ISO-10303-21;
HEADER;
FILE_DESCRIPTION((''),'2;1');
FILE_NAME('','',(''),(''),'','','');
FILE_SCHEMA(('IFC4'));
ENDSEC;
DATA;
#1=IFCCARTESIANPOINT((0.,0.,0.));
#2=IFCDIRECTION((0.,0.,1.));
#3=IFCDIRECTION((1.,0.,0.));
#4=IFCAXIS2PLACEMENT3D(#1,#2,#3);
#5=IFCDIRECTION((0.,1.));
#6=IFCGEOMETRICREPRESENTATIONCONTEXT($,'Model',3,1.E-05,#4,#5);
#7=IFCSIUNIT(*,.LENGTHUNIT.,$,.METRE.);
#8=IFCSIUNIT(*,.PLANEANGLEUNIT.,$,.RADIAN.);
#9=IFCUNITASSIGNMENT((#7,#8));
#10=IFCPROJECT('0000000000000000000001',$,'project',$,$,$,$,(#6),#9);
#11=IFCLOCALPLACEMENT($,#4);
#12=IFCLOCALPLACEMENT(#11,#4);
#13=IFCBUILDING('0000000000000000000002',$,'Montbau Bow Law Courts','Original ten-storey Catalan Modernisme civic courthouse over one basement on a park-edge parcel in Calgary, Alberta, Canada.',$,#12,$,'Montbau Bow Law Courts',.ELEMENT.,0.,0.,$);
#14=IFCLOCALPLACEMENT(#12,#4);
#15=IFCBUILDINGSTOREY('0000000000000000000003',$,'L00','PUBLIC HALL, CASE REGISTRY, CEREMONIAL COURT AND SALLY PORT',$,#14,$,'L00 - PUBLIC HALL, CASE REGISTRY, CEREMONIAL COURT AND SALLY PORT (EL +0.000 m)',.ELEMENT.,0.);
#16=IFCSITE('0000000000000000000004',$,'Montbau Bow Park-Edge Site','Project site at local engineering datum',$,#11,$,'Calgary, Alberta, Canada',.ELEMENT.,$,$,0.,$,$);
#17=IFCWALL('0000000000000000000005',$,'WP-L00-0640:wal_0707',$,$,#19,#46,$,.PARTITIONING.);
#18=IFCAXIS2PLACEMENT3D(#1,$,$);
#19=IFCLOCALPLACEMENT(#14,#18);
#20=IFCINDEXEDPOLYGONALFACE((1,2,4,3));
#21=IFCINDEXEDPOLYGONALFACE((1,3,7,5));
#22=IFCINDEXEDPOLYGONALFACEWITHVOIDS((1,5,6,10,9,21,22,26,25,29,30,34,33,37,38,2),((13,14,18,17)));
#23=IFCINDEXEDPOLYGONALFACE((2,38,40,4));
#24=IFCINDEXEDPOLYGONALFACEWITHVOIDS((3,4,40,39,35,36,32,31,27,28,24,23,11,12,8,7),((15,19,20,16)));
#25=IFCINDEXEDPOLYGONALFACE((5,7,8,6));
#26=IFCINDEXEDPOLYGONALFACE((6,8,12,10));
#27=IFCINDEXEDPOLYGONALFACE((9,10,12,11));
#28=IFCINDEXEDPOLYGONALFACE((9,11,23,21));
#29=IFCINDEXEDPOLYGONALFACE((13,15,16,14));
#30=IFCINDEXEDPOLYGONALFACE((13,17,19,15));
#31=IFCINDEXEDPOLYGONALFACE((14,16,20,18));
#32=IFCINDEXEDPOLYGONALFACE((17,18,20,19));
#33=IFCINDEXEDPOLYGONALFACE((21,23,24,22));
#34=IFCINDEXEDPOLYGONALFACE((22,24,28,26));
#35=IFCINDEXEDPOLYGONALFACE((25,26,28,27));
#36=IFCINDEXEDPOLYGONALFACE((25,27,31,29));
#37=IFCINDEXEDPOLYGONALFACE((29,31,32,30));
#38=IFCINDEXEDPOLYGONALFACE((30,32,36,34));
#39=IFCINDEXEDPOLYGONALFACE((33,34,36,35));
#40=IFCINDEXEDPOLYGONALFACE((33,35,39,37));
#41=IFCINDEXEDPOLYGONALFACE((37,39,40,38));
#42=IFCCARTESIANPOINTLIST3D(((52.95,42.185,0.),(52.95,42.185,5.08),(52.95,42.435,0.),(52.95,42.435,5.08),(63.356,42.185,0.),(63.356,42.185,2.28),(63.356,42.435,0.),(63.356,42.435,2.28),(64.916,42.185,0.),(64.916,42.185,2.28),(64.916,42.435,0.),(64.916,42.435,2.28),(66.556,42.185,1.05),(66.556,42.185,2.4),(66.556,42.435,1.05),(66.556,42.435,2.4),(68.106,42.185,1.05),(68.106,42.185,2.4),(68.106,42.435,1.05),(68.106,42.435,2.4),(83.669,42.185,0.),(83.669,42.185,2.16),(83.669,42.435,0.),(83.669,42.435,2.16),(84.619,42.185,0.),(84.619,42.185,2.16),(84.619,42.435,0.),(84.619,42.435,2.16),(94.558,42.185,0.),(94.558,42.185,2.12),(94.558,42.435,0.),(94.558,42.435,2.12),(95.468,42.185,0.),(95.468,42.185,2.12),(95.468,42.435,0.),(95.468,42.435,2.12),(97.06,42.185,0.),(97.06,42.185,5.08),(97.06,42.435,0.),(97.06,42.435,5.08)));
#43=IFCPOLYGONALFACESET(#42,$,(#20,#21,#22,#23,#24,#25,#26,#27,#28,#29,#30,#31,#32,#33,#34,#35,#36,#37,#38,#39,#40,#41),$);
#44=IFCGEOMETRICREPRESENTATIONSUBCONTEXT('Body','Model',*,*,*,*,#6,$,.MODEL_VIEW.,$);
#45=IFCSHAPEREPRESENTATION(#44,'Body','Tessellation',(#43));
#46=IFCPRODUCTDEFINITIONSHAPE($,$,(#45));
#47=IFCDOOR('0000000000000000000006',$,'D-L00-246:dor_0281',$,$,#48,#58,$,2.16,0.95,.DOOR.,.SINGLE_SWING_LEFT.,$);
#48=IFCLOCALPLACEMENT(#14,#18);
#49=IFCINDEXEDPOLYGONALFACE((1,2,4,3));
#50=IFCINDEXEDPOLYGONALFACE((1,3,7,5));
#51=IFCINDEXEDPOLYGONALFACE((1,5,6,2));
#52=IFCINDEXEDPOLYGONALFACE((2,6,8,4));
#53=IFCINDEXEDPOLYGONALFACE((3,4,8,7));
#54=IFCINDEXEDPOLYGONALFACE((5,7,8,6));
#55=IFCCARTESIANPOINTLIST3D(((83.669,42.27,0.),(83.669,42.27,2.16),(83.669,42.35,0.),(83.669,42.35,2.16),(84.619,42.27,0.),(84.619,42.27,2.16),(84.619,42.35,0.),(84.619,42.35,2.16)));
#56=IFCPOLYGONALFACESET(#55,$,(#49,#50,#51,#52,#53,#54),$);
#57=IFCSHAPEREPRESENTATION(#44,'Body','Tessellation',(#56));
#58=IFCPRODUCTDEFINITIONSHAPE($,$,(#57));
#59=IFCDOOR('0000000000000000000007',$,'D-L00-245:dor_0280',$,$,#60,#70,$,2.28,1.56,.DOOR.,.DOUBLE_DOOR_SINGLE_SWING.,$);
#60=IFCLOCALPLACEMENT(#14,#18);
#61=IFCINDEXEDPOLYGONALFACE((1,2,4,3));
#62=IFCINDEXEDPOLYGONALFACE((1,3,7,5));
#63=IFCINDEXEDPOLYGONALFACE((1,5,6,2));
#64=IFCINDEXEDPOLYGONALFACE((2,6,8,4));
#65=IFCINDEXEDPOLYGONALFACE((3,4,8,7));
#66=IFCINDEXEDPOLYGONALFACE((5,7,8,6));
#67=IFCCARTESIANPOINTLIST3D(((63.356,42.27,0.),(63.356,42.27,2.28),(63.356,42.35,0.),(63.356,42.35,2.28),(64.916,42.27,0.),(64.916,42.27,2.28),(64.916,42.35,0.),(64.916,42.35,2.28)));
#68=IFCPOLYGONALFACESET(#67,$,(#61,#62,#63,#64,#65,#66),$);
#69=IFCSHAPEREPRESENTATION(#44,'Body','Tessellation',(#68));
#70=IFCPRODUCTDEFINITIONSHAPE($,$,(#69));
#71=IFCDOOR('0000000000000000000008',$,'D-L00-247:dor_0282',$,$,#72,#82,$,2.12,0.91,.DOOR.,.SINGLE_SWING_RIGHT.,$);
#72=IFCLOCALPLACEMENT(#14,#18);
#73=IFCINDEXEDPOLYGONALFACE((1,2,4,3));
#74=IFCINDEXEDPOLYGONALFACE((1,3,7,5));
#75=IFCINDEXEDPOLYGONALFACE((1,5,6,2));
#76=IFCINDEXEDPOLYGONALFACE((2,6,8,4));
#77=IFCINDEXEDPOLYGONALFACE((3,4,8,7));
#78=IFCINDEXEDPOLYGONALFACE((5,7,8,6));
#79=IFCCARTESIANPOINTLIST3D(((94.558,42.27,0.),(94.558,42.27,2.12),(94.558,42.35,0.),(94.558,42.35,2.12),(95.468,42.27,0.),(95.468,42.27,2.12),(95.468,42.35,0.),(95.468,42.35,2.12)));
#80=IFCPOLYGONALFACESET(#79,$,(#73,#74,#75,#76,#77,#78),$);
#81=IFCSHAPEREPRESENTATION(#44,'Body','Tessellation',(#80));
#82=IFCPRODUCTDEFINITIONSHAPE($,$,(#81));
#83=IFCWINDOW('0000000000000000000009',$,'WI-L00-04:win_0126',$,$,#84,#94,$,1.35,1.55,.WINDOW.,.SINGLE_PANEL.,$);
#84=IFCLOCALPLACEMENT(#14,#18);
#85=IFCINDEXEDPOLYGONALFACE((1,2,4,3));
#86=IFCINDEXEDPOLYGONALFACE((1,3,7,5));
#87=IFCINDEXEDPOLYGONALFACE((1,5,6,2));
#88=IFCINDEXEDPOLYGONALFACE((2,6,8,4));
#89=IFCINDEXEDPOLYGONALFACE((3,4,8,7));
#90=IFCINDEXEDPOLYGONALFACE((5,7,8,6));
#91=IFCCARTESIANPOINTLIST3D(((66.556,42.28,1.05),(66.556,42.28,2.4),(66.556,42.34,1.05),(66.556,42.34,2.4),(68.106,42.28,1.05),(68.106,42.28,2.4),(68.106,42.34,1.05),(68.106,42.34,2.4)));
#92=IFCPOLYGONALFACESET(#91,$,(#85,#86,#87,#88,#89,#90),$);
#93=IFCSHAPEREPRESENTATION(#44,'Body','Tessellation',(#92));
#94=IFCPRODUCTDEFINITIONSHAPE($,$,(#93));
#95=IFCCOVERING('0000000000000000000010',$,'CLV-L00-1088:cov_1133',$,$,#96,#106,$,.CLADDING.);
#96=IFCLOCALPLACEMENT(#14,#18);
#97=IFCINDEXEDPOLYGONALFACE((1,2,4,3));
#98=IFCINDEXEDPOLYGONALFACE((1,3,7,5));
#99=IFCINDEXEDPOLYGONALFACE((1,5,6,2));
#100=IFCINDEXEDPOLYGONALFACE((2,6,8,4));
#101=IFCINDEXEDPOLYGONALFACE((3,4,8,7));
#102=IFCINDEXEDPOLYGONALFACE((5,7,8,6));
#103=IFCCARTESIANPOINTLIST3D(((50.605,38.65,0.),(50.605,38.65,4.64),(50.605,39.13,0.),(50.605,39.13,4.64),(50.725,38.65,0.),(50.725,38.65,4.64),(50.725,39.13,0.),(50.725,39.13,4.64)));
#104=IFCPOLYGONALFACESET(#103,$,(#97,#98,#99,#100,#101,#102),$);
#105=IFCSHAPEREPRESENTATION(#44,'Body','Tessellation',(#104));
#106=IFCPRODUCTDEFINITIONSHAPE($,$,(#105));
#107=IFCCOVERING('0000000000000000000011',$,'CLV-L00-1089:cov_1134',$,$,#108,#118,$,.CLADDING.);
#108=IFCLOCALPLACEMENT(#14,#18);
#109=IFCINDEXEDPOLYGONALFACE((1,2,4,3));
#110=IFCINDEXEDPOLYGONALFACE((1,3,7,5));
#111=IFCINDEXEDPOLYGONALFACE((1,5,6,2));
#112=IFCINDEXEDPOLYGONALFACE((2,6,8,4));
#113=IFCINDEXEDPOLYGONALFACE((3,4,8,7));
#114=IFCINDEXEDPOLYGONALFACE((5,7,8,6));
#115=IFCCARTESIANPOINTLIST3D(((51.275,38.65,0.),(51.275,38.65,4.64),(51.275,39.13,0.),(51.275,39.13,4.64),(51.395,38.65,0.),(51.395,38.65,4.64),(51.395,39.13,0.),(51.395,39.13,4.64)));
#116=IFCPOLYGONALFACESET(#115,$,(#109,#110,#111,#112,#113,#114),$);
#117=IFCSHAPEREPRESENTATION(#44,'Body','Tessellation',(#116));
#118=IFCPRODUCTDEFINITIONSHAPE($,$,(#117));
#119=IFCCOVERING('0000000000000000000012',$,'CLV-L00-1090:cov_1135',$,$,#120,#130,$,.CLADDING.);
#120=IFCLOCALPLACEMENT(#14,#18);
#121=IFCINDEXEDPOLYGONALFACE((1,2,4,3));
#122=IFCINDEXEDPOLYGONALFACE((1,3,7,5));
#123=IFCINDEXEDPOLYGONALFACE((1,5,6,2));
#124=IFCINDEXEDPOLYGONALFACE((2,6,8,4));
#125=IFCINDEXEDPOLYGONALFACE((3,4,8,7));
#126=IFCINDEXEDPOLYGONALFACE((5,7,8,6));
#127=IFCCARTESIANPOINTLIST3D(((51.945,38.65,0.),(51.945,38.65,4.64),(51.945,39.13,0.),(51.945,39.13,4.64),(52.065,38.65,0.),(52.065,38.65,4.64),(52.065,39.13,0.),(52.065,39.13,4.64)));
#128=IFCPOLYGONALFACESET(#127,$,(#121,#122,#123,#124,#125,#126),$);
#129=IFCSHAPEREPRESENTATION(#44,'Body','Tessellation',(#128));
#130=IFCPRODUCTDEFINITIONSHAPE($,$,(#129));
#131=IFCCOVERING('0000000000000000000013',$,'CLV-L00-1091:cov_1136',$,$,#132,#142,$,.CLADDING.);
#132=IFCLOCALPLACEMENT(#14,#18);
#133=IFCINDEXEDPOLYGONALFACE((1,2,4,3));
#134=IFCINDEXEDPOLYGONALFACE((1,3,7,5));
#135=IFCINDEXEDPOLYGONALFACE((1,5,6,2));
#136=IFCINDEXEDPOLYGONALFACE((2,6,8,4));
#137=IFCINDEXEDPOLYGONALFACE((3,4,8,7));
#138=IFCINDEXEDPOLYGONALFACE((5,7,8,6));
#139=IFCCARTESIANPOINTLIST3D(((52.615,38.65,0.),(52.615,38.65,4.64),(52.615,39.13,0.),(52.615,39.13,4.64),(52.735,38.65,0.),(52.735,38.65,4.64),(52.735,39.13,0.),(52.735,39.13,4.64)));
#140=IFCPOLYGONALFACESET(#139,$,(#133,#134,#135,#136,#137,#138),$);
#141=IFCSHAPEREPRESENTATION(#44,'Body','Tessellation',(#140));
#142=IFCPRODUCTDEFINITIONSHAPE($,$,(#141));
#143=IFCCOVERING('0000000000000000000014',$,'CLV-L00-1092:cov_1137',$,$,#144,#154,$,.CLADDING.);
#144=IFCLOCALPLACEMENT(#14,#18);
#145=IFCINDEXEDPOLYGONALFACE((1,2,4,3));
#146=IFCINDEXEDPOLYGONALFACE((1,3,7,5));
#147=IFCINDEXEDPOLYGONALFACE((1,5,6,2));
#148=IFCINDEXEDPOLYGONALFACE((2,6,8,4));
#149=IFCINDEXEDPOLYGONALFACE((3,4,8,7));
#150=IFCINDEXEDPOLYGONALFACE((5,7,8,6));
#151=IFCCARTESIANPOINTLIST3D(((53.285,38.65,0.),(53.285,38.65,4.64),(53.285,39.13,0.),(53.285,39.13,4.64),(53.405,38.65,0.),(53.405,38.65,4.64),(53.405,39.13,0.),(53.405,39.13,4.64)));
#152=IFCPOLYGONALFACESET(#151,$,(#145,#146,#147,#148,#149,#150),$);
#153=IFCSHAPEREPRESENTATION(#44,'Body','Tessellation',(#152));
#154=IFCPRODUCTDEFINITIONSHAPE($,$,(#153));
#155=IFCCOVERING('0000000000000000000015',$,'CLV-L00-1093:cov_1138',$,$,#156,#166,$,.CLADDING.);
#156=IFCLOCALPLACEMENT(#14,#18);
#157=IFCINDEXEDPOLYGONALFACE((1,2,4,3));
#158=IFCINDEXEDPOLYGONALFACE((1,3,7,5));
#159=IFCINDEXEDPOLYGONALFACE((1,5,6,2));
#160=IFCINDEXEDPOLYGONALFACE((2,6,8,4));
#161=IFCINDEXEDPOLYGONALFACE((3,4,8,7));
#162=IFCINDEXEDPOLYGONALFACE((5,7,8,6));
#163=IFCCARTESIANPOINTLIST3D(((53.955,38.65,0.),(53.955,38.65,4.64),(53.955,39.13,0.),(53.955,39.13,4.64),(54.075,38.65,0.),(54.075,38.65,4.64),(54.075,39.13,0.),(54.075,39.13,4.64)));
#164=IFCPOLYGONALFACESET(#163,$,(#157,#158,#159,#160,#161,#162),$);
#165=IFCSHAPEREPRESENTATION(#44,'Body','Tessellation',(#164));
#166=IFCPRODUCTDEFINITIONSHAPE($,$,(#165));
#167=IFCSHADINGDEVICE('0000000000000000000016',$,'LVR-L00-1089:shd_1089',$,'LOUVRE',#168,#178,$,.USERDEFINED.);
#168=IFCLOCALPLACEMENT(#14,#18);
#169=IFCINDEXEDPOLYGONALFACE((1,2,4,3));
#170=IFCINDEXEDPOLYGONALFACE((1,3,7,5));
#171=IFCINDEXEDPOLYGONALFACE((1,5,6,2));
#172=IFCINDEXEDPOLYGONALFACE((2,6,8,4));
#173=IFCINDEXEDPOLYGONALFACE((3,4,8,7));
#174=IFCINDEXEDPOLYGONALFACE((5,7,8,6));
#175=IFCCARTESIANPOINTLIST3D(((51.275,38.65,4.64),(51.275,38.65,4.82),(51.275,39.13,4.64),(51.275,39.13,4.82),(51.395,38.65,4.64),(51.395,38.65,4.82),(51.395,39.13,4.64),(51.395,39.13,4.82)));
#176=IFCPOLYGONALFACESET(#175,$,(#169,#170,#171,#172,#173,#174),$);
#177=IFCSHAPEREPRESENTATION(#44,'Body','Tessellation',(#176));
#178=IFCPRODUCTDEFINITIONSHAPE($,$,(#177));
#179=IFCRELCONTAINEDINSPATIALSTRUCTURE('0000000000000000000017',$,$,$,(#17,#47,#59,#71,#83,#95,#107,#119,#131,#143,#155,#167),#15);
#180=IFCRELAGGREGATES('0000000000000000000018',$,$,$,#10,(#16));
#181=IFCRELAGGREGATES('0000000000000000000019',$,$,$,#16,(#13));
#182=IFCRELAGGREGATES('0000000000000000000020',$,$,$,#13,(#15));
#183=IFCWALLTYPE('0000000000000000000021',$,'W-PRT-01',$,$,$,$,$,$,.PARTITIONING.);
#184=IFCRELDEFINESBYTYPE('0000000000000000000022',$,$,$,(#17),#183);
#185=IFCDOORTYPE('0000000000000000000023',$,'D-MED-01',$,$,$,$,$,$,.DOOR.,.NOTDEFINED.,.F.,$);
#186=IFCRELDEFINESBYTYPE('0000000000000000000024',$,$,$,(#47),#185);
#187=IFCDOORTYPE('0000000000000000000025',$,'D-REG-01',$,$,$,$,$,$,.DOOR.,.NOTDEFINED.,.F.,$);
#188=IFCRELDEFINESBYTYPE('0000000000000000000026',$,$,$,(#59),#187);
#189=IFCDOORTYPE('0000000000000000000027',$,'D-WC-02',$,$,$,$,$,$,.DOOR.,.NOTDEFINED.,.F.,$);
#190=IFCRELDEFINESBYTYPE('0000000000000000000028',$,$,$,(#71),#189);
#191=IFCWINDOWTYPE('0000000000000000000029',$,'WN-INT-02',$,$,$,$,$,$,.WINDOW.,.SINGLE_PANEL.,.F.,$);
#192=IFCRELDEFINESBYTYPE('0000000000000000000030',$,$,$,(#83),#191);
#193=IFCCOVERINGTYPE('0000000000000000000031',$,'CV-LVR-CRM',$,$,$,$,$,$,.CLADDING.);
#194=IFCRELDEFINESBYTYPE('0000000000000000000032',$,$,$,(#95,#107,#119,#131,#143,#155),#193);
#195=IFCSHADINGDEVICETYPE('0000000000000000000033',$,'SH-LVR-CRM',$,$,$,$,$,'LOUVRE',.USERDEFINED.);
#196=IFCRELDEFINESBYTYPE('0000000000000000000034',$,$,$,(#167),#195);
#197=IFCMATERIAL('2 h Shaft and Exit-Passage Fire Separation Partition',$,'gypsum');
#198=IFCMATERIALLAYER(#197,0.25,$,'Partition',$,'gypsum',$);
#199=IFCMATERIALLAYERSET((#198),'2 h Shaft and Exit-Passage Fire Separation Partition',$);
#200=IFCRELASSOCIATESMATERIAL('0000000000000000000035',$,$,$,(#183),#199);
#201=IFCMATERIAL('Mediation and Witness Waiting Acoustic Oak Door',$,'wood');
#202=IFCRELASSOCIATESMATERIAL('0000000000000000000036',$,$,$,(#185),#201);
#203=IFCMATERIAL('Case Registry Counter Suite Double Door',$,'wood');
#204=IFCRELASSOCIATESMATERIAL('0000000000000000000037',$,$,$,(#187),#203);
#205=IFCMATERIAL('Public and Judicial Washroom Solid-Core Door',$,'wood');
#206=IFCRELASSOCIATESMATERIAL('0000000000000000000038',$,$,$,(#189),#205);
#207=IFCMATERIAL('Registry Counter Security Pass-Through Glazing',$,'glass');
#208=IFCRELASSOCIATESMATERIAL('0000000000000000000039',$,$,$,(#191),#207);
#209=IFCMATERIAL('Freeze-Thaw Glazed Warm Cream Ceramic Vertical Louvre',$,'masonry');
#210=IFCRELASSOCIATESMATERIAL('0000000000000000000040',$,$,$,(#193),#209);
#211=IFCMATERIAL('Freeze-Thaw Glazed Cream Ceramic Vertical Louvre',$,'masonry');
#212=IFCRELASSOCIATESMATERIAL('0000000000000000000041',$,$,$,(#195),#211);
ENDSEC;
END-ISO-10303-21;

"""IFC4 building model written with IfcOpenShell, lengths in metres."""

from ifc_helpers import new_model, si_unit, direction, frame, frame_2d, origin_with_axes, origin_2d_with_axis, place, context, subcontext, project, spatial, rectangle, extrude, material, layer, layer_set, type_object, element, fill, save


model = new_model("IFC4")

# Units and contexts
model_context = context("Model", 3, precision=1e-05, world=origin_with_axes(), true_north=direction((0.0, 1.0)))
body_context = subcontext(model_context, "Body", "Model", "MODEL_VIEW")
ifc_project = project(units=[si_unit("LENGTHUNIT", "METRE"), si_unit("PLANEANGLEUNIT", "RADIAN")], contexts=[model_context])

# Site, building, storey
site_placement = place(None, origin_with_axes())
site = spatial("IfcSite", under=ifc_project, at=site_placement, Name="Montbau Bow Park-Edge Site", Description="Project site at local engineering datum", LongName="Calgary, Alberta, Canada", CompositionType="ELEMENT", RefElevation=0.0)
building_placement = place(site_placement, origin_with_axes())
building = spatial("IfcBuilding", under=site, at=building_placement, Name="Montbau Bow Law Courts", Description="Original ten-storey Catalan Modernisme civic courthouse over one basement on a park-edge parcel in Calgary, Alberta, Canada.", LongName="Montbau Bow Law Courts", CompositionType="ELEMENT", ElevationOfRefHeight=0.0, ElevationOfTerrain=0.0)
storey_placement = place(building_placement, origin_with_axes())
storey = spatial("IfcBuildingStorey", under=building, at=storey_placement, Name="L00", Description="PUBLIC HALL, CASE REGISTRY, CEREMONIAL COURT AND SALLY PORT", LongName="L00 - PUBLIC HALL, CASE REGISTRY, CEREMONIAL COURT AND SALLY PORT (EL +0.000 m)", CompositionType="ELEMENT", Elevation=0.0)

# Wall, openings, doors, window
ifc_material_1 = material(Name="2 h Shaft and Exit-Passage Fire Separation Partition", Category="gypsum")
ifc_layer_1 = layer(ifc_material_1, 0.25, Name="Partition", Category="gypsum")
ifc_layer_set_1 = layer_set([ifc_layer_1], Name="2 h Shaft and Exit-Passage Fire Separation Partition")
wall_type = type_object("IfcWallType", Name="W-PRT-01", PredefinedType="PARTITIONING", material=ifc_layer_set_1)
wall_placement = place(None, frame((52.95, 42.31, 0.0), z_axis=(0.0, 0.0, 1.0), x_axis=(1.0, 0.0, 0.0)))
wall = element("IfcWall", 1, at=wall_placement, inside=storey, type_object=wall_type, Name="WP-L00-0640:wal_0707", PredefinedType="PARTITIONING", context=body_context, shape_type="SweptSolid", body=[
    extrude(rectangle(XDim=44.11, YDim=0.25, at=frame_2d((22.055, 0.0), x_axis=(1.0, 0.0))), origin_with_axes(), (0.0, 0.0, 1.0), 5.08),
])
opening_1_placement = place(None, frame((64.136, 42.31, 0.0), z_axis=(0.0, 0.0, 1.0), x_axis=(1.0, 0.0, 0.0)))
opening_1 = element("IfcOpeningElement", 2, at=opening_1_placement, cuts=wall, PredefinedType="OPENING", context=body_context, shape_type="SweptSolid", body=[
    extrude(rectangle(XDim=1.56, YDim=2.28, at=frame_2d((0.0, 1.14), x_axis=(1.0, 0.0))), frame((0.0, 0.135, 0.0), z_axis=(0.0, -1.0, 0.0), x_axis=(1.0, 0.0, 0.0)), (0.0, 0.0, 1.0), 0.27),
])
opening_2_placement = place(None, frame((84.144, 42.31, 0.0), z_axis=(0.0, 0.0, 1.0), x_axis=(1.0, 0.0, 0.0)))
opening_2 = element("IfcOpeningElement", 3, at=opening_2_placement, cuts=wall, PredefinedType="OPENING", context=body_context, shape_type="SweptSolid", body=[
    extrude(rectangle(XDim=0.95, YDim=2.16, at=frame_2d((0.0, 1.08), x_axis=(1.0, 0.0))), frame((0.0, 0.135, 0.0), z_axis=(0.0, -1.0, 0.0), x_axis=(1.0, 0.0, 0.0)), (0.0, 0.0, 1.0), 0.27),
])
opening_3_placement = place(None, frame((95.013, 42.31, 0.0), z_axis=(0.0, 0.0, 1.0), x_axis=(1.0, 0.0, 0.0)))
opening_3 = element("IfcOpeningElement", 4, at=opening_3_placement, cuts=wall, PredefinedType="OPENING", context=body_context, shape_type="SweptSolid", body=[
    extrude(rectangle(XDim=0.91, YDim=2.12, at=frame_2d((0.0, 1.06), x_axis=(1.0, 0.0))), frame((0.0, 0.135, 0.0), z_axis=(0.0, -1.0, 0.0), x_axis=(1.0, 0.0, 0.0)), (0.0, 0.0, 1.0), 0.27),
])
opening_4_placement = place(None, frame((67.331, 42.31, 1.05), z_axis=(0.0, 0.0, 1.0), x_axis=(1.0, 0.0, 0.0)))
opening_4 = element("IfcOpeningElement", 5, at=opening_4_placement, cuts=wall, PredefinedType="OPENING", context=body_context, shape_type="SweptSolid", body=[
    extrude(rectangle(XDim=1.55, YDim=1.35, at=frame_2d((0.0, 0.675), x_axis=(1.0, 0.0))), frame((0.0, 0.135, 0.0), z_axis=(0.0, -1.0, 0.0), x_axis=(1.0, 0.0, 0.0)), (0.0, 0.0, 1.0), 0.27),
])
ifc_material_2 = material(Name="Mediation and Witness Waiting Acoustic Oak Door", Category="wood")
door_type_1 = type_object("IfcDoorType", Name="D-MED-01", OperationType="NOTDEFINED", ParameterTakesPrecedence=False, PredefinedType="DOOR", material=ifc_material_2)
door_1_placement = place(None, frame((84.144, 42.31, 0.0), z_axis=(0.0, 0.0, 1.0), x_axis=(-1.0, 0.0, 0.0)))
door_1 = element("IfcDoor", 6, at=door_1_placement, inside=storey, type_object=door_type_1, Name="D-L00-246:dor_0281", OperationType="SINGLE_SWING_LEFT", OverallHeight=2.16, OverallWidth=0.95, PredefinedType="DOOR", context=body_context, shape_type="SweptSolid", body=[
    extrude(rectangle(XDim=0.95, YDim=2.16, at=frame_2d((0.0, 1.08), x_axis=(1.0, 0.0))), frame((0.0, 0.04, 0.0), z_axis=(0.0, -1.0, 0.0), x_axis=(1.0, 0.0, 0.0)), (0.0, 0.0, 1.0), 0.08),
])
fill(opening_2, door_1)
ifc_material_3 = material(Name="Case Registry Counter Suite Double Door", Category="wood")
door_type_2 = type_object("IfcDoorType", Name="D-REG-01", OperationType="NOTDEFINED", ParameterTakesPrecedence=False, PredefinedType="DOOR", material=ifc_material_3)
door_2_placement = place(None, frame((64.136, 42.31, 0.0), z_axis=(0.0, 0.0, 1.0), x_axis=(-1.0, 0.0, 0.0)))
door_2 = element("IfcDoor", 7, at=door_2_placement, inside=storey, type_object=door_type_2, Name="D-L00-245:dor_0280", OperationType="DOUBLE_DOOR_SINGLE_SWING", OverallHeight=2.28, OverallWidth=1.56, PredefinedType="DOOR", context=body_context, shape_type="SweptSolid", body=[
    extrude(rectangle(XDim=1.56, YDim=2.28, at=frame_2d((0.0, 1.14), x_axis=(1.0, 0.0))), frame((0.0, 0.04, 0.0), z_axis=(0.0, -1.0, 0.0), x_axis=(1.0, 0.0, 0.0)), (0.0, 0.0, 1.0), 0.08),
])
fill(opening_1, door_2)
ifc_material_4 = material(Name="Public and Judicial Washroom Solid-Core Door", Category="wood")
door_type_3 = type_object("IfcDoorType", Name="D-WC-02", OperationType="NOTDEFINED", ParameterTakesPrecedence=False, PredefinedType="DOOR", material=ifc_material_4)
door_3_placement = place(None, frame((95.013, 42.31, 0.0), z_axis=(0.0, 0.0, 1.0), x_axis=(-1.0, 0.0, 0.0)))
door_3 = element("IfcDoor", 8, at=door_3_placement, inside=storey, type_object=door_type_3, Name="D-L00-247:dor_0282", OperationType="SINGLE_SWING_RIGHT", OverallHeight=2.12, OverallWidth=0.91, PredefinedType="DOOR", context=body_context, shape_type="SweptSolid", body=[
    extrude(rectangle(XDim=0.91, YDim=2.12, at=frame_2d((0.0, 1.06), x_axis=(1.0, 0.0))), frame((0.0, 0.04, 0.0), z_axis=(0.0, -1.0, 0.0), x_axis=(1.0, 0.0, 0.0)), (0.0, 0.0, 1.0), 0.08),
])
fill(opening_3, door_3)
ifc_material_5 = material(Name="Registry Counter Security Pass-Through Glazing", Category="glass")
window_type = type_object("IfcWindowType", Name="WN-INT-02", ParameterTakesPrecedence=False, PartitioningType="SINGLE_PANEL", PredefinedType="WINDOW", material=ifc_material_5)
window_placement = place(None, frame((67.331, 42.31, 1.05), z_axis=(0.0, 0.0, 1.0), x_axis=(1.0, 0.0, 0.0)))
window = element("IfcWindow", 9, at=window_placement, inside=storey, type_object=window_type, Name="WI-L00-04:win_0126", OverallHeight=1.35, OverallWidth=1.55, PartitioningType="SINGLE_PANEL", PredefinedType="WINDOW", context=body_context, shape_type="SweptSolid", body=[
    extrude(rectangle(XDim=1.55, YDim=1.35, at=frame_2d((0.0, 0.675), x_axis=(1.0, 0.0))), frame((0.0, 0.03, 0.0), z_axis=(0.0, -1.0, 0.0), x_axis=(1.0, 0.0, 0.0)), (0.0, 0.0, 1.0), 0.06),
])
fill(opening_4, window)

# Coverings
ifc_material_6 = material(Name="Freeze-Thaw Glazed Warm Cream Ceramic Vertical Louvre", Category="masonry")
covering_type = type_object("IfcCoveringType", Name="CV-LVR-CRM", PredefinedType="CLADDING", material=ifc_material_6)
for number, where, z_axis, x_axis, name in (
    (10, (50.665, 39.13, 0.0), (-1.0, 0.0, 0.0), (0.0, -1.0, 0.0), "CLV-L00-1088:cov_1133"),
    (11, (51.335, 39.13, 0.0), (-1.0, 0.0, 0.0), (0.0, -1.0, 0.0), "CLV-L00-1089:cov_1134"),
    (12, (52.005, 39.13, 0.0), (-1.0, 0.0, 0.0), (0.0, -1.0, 0.0), "CLV-L00-1090:cov_1135"),
    (13, (52.675, 39.13, 0.0), (-1.0, 0.0, 0.0), (0.0, -1.0, 0.0), "CLV-L00-1091:cov_1136"),
    (14, (53.345, 39.13, 0.0), (-1.0, 0.0, 0.0), (0.0, -1.0, 0.0), "CLV-L00-1092:cov_1137"),
    (15, (54.015, 39.13, 0.0), (-1.0, 0.0, 0.0), (0.0, -1.0, 0.0), "CLV-L00-1093:cov_1138"),
):
    element("IfcCovering", number, at=place(None, frame(where, z_axis=z_axis, x_axis=x_axis)), inside=storey, type_object=covering_type, Name=name, PredefinedType="CLADDING", context=body_context, shape_type="SweptSolid", body=[
        extrude(rectangle(XDim=0.48, YDim=4.64, at=frame_2d((0.24, 2.32), x_axis=(1.0, 0.0))), frame((0.0, 0.0, -0.06), z_axis=(0.0, 0.0, 1.0), x_axis=(1.0, 0.0, 0.0)), (0.0, 0.0, 1.0), 0.12),
    ])

# Shading device
ifc_material_7 = material(Name="Freeze-Thaw Glazed Cream Ceramic Vertical Louvre", Category="masonry")
shading_device_type = type_object("IfcShadingDeviceType", Name="SH-LVR-CRM", ElementType="LOUVRE", PredefinedType="USERDEFINED", material=ifc_material_7)
for number, where, z_axis, x_axis, name in (
    (16, (51.335, 38.89, 4.64), (0.0, 0.0, 1.0), (0.0, -1.0, 0.0), "LVR-L00-1089:shd_1089"),
):
    element("IfcShadingDevice", number, at=place(None, frame(where, z_axis=z_axis, x_axis=x_axis)), inside=storey, type_object=shading_device_type, Name=name, ObjectType="LOUVRE", PredefinedType="USERDEFINED", context=body_context, shape_type="SweptSolid", body=[
        extrude(rectangle(XDim=0.48, YDim=0.12, at=origin_2d_with_axis()), origin_with_axes(), (0.0, 0.0, 1.0), 0.18),
    ])

save(model, "model.ifc")
